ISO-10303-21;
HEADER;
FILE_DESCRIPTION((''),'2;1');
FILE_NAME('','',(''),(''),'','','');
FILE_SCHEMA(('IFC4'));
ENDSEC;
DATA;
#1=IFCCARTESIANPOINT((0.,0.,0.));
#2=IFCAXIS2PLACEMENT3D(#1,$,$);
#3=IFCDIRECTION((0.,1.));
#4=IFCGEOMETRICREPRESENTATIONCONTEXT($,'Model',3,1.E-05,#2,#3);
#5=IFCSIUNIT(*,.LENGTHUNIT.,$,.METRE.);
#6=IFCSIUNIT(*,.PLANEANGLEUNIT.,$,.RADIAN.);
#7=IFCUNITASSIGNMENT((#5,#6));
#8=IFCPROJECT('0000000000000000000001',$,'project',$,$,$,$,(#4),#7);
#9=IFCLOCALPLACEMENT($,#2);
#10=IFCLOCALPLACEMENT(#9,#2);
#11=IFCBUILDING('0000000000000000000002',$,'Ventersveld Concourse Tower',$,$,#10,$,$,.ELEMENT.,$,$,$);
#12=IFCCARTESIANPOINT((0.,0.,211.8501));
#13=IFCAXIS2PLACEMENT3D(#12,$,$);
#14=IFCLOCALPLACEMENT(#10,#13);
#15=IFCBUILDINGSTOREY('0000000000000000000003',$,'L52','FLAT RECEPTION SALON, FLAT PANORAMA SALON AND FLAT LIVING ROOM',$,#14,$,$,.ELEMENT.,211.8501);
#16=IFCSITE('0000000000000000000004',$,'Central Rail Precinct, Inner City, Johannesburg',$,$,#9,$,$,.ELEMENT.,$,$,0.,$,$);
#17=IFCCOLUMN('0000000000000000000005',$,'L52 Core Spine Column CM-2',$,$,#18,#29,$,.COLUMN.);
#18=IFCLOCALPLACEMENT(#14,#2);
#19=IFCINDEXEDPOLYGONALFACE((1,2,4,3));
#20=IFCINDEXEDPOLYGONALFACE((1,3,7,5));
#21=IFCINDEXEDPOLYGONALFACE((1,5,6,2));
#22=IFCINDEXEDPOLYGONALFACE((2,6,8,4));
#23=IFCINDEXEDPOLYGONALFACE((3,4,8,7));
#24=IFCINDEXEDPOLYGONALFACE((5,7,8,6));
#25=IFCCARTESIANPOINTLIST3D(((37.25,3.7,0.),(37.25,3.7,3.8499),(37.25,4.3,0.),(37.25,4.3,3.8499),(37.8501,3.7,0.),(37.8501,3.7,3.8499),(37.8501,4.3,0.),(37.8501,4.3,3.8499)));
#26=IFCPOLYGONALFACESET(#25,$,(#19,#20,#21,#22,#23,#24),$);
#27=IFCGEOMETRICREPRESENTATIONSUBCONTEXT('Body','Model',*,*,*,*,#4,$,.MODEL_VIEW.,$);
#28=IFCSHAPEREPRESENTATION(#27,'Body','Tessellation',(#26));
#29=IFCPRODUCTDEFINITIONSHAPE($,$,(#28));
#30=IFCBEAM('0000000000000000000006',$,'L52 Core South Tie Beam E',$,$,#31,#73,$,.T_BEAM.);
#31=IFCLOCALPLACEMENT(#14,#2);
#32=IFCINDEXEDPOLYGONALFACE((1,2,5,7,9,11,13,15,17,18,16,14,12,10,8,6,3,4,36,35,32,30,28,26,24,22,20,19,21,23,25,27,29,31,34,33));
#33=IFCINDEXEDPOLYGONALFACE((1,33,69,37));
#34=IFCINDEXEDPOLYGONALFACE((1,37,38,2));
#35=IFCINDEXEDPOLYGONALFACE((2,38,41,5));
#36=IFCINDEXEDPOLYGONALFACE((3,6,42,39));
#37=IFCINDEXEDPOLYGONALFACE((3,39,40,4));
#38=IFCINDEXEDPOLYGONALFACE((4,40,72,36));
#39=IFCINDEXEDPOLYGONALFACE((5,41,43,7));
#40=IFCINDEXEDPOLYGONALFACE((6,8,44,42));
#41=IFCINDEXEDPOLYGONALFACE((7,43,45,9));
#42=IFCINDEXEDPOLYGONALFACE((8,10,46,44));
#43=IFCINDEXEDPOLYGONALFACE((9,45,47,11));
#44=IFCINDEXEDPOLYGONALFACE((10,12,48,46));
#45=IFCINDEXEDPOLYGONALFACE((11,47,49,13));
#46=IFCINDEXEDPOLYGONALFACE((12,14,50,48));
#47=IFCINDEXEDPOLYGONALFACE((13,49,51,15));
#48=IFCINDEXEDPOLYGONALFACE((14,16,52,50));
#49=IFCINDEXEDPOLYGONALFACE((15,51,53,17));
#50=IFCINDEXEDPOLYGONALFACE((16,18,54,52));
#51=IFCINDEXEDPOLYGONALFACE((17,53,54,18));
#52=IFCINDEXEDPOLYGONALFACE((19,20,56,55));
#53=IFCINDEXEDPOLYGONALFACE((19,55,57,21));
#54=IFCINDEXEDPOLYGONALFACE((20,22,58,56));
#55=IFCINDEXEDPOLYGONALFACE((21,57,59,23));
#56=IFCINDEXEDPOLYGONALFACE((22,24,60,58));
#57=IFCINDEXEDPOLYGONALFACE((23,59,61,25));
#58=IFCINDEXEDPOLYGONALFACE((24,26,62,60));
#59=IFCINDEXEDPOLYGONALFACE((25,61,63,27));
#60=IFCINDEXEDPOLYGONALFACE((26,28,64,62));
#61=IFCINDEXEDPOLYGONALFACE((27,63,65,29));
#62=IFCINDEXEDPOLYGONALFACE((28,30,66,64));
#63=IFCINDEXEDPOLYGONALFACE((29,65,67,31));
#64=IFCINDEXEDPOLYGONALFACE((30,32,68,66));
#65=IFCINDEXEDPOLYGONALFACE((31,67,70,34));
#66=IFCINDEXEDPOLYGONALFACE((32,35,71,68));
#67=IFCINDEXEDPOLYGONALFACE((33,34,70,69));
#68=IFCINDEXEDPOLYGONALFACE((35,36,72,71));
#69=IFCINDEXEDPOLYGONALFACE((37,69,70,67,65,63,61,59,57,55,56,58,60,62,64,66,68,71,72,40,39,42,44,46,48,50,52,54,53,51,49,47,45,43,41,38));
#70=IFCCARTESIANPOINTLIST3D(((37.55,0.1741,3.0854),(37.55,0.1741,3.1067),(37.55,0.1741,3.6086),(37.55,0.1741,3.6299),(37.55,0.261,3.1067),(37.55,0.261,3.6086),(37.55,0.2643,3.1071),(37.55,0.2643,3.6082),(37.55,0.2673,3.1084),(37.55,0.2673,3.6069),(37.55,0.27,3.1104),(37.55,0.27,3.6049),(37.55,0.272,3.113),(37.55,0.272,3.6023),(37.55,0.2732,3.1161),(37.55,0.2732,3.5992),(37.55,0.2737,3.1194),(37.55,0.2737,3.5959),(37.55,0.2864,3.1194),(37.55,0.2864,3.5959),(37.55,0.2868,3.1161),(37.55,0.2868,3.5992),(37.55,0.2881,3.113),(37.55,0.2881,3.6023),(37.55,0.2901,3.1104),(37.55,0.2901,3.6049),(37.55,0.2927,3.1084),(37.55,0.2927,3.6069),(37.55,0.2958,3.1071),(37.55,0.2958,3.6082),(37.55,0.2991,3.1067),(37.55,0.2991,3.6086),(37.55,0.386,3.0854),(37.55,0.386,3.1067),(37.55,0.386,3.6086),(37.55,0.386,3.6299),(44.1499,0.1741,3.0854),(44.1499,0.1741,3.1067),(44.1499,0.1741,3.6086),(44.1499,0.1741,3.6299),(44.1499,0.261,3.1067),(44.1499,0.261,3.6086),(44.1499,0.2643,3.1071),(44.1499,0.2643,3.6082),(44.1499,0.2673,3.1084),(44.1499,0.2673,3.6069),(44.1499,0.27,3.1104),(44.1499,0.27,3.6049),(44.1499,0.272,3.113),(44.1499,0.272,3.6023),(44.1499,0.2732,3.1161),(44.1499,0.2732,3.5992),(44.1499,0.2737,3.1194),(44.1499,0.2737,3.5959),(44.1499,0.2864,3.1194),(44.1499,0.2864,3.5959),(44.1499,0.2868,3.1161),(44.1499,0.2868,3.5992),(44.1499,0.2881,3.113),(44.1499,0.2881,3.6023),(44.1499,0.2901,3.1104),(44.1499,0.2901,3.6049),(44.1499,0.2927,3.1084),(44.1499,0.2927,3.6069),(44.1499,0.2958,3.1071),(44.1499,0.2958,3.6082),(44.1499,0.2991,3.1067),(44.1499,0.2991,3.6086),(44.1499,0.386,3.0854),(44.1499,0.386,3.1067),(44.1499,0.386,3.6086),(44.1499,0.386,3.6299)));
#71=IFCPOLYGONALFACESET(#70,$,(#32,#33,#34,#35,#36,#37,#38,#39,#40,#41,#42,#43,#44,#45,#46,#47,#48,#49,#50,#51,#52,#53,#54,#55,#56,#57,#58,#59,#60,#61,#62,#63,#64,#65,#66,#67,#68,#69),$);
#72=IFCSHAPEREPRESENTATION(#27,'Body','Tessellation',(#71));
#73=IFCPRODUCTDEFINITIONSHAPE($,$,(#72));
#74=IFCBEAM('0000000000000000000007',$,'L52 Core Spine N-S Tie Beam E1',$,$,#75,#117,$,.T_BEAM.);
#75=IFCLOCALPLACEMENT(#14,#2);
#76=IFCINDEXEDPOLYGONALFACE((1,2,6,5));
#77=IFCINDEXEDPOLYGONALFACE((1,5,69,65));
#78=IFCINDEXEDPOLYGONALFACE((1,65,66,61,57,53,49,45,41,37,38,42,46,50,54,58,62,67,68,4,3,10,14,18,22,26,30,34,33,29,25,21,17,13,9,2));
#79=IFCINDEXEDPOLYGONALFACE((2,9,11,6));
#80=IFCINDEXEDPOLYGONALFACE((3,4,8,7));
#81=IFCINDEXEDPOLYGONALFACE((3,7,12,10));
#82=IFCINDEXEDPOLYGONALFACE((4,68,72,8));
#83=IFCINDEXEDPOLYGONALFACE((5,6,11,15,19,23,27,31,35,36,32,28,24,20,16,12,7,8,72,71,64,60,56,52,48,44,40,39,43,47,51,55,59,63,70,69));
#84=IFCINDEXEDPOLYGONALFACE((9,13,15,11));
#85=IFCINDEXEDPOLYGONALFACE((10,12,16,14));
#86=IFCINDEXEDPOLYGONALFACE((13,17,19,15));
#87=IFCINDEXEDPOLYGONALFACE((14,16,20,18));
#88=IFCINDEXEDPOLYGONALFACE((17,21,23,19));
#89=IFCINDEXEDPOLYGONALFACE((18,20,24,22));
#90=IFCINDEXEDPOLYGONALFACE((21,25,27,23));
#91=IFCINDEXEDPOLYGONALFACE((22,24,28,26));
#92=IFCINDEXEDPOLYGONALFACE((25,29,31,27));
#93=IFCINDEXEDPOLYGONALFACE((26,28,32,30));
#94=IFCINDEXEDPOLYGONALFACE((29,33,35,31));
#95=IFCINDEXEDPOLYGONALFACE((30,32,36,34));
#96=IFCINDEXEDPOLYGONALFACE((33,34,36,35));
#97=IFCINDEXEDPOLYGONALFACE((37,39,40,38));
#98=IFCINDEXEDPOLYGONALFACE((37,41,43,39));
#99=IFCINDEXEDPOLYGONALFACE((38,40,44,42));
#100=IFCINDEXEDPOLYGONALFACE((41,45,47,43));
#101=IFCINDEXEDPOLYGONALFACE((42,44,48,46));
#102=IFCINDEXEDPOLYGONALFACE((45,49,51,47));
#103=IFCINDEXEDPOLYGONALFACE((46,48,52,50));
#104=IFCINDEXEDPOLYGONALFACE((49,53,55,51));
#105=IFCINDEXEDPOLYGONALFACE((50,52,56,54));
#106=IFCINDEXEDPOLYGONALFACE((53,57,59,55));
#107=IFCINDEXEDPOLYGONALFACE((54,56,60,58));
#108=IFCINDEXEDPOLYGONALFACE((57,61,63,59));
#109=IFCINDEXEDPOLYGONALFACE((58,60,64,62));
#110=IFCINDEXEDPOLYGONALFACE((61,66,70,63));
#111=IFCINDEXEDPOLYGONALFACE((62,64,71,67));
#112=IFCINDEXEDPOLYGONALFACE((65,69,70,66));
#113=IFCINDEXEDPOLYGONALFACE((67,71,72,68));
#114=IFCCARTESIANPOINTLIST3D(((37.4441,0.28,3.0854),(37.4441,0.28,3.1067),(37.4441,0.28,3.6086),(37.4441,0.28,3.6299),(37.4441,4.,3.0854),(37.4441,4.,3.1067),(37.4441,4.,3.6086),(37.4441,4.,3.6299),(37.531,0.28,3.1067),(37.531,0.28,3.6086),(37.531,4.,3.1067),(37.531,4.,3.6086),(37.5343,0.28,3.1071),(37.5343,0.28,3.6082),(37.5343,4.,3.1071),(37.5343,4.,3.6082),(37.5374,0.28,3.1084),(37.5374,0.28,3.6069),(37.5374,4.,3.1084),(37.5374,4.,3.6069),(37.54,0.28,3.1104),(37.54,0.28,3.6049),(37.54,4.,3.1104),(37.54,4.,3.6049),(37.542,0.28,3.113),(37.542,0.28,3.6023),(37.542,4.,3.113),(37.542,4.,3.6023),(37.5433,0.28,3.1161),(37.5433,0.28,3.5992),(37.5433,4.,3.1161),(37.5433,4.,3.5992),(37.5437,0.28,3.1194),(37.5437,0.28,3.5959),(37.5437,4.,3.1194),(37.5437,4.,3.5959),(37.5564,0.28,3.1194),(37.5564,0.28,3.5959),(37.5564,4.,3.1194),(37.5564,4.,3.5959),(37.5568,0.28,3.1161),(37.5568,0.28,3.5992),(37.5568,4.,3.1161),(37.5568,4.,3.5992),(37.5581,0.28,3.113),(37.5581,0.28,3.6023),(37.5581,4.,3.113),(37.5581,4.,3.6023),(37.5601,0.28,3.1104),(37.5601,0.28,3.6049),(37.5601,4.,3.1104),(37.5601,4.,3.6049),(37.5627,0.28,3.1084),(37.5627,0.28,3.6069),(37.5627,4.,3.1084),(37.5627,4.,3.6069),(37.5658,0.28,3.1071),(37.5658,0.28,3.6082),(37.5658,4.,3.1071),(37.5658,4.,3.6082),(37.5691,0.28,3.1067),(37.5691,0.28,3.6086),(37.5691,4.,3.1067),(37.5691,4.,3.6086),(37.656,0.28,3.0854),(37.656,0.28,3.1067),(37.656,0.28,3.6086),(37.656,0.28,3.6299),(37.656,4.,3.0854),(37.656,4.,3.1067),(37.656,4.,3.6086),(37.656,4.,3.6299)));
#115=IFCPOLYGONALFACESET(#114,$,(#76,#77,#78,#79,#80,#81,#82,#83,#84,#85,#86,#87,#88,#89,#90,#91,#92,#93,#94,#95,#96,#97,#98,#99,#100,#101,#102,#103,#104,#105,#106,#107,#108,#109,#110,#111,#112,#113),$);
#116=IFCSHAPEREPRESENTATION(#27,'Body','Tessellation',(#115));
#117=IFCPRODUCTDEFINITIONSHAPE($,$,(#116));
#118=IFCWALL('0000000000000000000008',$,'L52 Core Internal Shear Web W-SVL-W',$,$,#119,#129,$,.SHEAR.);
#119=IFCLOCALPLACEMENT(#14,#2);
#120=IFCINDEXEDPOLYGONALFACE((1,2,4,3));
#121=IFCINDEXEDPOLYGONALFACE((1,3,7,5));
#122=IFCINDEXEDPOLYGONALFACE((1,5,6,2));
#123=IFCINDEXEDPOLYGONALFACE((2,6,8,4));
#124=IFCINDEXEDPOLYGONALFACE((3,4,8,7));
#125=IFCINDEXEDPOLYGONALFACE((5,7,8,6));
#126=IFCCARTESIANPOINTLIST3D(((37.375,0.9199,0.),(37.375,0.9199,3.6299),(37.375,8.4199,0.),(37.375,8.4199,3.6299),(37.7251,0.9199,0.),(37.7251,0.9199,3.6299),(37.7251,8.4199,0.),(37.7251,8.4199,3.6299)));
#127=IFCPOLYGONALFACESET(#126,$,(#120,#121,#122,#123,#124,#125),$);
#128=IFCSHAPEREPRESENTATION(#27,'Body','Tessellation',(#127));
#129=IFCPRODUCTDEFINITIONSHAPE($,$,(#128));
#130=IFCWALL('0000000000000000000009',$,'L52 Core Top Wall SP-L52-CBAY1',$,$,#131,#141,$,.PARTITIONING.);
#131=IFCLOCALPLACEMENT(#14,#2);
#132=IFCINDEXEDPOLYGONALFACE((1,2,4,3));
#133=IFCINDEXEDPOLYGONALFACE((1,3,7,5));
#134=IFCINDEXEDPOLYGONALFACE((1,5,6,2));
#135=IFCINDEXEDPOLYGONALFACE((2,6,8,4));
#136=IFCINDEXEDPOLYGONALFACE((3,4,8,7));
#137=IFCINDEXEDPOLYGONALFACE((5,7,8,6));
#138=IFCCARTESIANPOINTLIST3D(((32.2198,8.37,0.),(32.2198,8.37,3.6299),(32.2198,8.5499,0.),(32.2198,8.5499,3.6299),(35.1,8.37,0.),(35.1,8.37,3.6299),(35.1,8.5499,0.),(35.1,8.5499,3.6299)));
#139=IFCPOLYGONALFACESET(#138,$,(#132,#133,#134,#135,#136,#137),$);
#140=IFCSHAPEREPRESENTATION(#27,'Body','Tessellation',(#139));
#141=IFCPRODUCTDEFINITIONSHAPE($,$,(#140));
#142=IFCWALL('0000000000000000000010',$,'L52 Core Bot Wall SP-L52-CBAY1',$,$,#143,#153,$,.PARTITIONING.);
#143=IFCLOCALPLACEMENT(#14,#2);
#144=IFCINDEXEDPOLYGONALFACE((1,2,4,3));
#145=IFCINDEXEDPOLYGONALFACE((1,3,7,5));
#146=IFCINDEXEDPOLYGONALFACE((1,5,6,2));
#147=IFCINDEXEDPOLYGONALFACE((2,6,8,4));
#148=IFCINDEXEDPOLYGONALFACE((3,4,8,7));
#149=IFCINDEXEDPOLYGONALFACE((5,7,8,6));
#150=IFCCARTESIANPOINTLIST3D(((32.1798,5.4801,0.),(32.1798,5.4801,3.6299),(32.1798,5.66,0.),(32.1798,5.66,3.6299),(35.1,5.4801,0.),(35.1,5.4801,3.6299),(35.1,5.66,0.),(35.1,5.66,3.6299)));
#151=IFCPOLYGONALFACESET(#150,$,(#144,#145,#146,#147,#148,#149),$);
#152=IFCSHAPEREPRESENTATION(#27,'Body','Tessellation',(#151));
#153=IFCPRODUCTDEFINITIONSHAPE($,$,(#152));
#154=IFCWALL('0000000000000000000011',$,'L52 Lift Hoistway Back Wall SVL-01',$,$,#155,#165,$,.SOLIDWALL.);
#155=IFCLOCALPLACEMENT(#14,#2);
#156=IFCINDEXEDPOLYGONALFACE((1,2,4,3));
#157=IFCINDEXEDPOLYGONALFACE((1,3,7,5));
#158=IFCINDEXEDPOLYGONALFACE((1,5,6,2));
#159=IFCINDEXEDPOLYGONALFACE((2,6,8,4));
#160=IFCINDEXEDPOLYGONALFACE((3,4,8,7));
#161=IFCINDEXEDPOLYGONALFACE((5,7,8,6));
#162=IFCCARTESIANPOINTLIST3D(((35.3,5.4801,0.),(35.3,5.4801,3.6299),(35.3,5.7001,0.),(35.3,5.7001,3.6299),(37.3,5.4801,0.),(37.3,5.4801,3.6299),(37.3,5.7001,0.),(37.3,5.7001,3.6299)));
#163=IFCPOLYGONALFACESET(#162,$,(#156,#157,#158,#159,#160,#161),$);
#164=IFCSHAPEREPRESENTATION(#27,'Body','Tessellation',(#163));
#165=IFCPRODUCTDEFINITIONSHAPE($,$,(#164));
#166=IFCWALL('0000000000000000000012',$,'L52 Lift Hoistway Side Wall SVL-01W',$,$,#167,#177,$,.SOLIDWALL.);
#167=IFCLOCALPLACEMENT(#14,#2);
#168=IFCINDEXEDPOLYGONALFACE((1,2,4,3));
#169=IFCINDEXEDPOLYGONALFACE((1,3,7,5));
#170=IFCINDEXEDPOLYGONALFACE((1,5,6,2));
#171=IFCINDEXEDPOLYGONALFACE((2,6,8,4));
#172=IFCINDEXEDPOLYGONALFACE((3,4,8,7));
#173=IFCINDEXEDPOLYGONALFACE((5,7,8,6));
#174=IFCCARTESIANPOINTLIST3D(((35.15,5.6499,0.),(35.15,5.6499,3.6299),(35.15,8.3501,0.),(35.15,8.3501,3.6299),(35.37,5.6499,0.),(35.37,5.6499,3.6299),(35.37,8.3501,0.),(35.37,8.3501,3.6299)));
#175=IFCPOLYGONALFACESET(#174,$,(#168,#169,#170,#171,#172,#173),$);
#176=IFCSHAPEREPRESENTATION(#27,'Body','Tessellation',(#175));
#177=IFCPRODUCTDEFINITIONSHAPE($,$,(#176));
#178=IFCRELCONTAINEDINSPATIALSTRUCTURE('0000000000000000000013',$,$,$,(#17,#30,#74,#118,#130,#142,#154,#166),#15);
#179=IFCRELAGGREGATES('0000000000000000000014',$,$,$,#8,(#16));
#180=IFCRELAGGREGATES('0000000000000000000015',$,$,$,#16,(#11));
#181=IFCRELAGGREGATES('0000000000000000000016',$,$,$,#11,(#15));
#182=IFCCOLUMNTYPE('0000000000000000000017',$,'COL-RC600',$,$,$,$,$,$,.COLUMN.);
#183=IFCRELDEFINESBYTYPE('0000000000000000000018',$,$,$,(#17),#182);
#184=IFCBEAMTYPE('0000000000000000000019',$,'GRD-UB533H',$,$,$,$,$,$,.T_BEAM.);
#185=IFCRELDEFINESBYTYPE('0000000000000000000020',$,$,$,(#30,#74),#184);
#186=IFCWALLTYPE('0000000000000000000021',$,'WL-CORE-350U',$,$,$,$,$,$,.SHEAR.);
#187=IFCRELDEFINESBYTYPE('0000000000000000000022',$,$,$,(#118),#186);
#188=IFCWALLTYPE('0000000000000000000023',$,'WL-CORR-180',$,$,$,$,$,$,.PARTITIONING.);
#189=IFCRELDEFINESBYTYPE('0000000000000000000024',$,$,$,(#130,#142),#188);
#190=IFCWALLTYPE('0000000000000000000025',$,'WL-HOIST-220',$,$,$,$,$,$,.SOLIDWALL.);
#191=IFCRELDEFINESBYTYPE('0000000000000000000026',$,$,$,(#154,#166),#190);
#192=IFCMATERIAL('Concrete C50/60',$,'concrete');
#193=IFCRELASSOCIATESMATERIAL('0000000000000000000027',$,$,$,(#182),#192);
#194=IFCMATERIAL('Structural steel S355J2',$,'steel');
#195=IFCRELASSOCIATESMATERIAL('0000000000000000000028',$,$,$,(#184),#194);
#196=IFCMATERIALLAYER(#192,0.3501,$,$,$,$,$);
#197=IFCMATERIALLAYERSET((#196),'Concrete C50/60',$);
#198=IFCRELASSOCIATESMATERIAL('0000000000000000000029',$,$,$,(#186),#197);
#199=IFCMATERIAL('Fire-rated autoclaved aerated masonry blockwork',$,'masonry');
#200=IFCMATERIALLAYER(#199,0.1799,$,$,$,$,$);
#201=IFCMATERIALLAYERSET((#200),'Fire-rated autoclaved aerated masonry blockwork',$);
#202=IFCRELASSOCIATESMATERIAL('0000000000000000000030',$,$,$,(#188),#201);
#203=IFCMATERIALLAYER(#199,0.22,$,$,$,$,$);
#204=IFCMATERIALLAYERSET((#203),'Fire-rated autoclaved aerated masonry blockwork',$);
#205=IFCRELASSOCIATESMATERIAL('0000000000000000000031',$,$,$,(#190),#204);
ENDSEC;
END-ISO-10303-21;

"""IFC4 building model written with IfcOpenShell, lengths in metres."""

from ifc_helpers import new_model, si_unit, direction, frame, frame_2d, origin, origin_2d, place, context, subcontext, project, spatial, rectangle, i_section, extrude, material, layer, layer_set, material_profile, profile_set, type_object, element, save


model = new_model("IFC4")

# Units and contexts
model_context = context("Model", 3, precision=1e-05, world=origin(), true_north=direction((0.0, 1.0)))
body_context = subcontext(model_context, "Body", "Model", "MODEL_VIEW")
ifc_project = project(units=[si_unit("LENGTHUNIT", "METRE"), si_unit("PLANEANGLEUNIT", "RADIAN")], contexts=[model_context])

# Site, building, storey
site_placement = place(None, origin())
site = spatial("IfcSite", under=ifc_project, at=site_placement, Name="Central Rail Precinct, Inner City, Johannesburg", CompositionType="ELEMENT", RefElevation=0.0)
building_placement = place(site_placement, origin())
building = spatial("IfcBuilding", under=site, at=building_placement, Name="Ventersveld Concourse Tower", CompositionType="ELEMENT")
storey_placement = place(building_placement, frame((0.0, 0.0, 211.8501)))
storey = spatial("IfcBuildingStorey", under=building, at=storey_placement, Name="L52", Description="FLAT RECEPTION SALON, FLAT PANORAMA SALON AND FLAT LIVING ROOM", CompositionType="ELEMENT", Elevation=211.8501)

# Column
ifc_material_1 = material(Name="Concrete C50/60", Category="concrete")
ifc_material_profile_1 = material_profile(ifc_material_1, rectangle(XDim=0.6001, YDim=0.6001, at=origin_2d()), Name="RC 600x600")
ifc_profile_set_1 = profile_set([ifc_material_profile_1], Name="Concrete C50/60")
column_type = type_object("IfcColumnType", Name="COL-RC600", PredefinedType="COLUMN", material=ifc_profile_set_1)
column_placement = place(storey_placement, frame((37.55, 4.0, 0.0), z_axis=(0.0, 0.0, 1.0), x_axis=(1.0, 0.0, 0.0)))
element("IfcColumn", 1, at=column_placement, inside=storey, type_object=column_type, Name="L52 Core Spine Column CM-2", PredefinedType="COLUMN", context=body_context, shape_type="SweptSolid", body=[
    extrude(rectangle(XDim=0.6001, YDim=0.6001, at=origin_2d()), origin(), (0.0, 0.0, 1.0), 3.8499),
])

# Beams
ifc_material_2 = material(Name="Structural steel S355J2", Category="steel")
ifc_material_profile_2 = material_profile(ifc_material_2, i_section(OverallWidth=0.2119, OverallDepth=0.5444, WebThickness=0.0127, FlangeThickness=0.0212, FilletRadius=0.0127, at=origin_2d()), Name="UB 533x210x122")
ifc_profile_set_2 = profile_set([ifc_material_profile_2], Name="Structural steel S355J2")
beam_type = type_object("IfcBeamType", Name="GRD-UB533H", PredefinedType="T_BEAM", material=ifc_profile_set_2)
beam_1_placement = place(storey_placement, frame((37.55, 0.28, 3.3577), z_axis=(1.0, 0.0, 0.0), x_axis=(0.0, 1.0, 0.0)))
element("IfcBeam", 2, at=beam_1_placement, inside=storey, type_object=beam_type, Name="L52 Core South Tie Beam E", PredefinedType="T_BEAM", context=body_context, shape_type="SweptSolid", body=[
    extrude(i_section(OverallWidth=0.2119, OverallDepth=0.5444, WebThickness=0.0127, FlangeThickness=0.0212, FilletRadius=0.0127, at=origin_2d()), origin(), (0.0, 0.0, 1.0), 6.5999),
])
beam_2_placement = place(storey_placement, frame((37.55, 0.28, 3.3577), z_axis=(0.0, 1.0, 0.0), x_axis=(-1.0, 0.0, 0.0)))
element("IfcBeam", 3, at=beam_2_placement, inside=storey, type_object=beam_type, Name="L52 Core Spine N-S Tie Beam E1", PredefinedType="T_BEAM", context=body_context, shape_type="SweptSolid", body=[
    extrude(i_section(OverallWidth=0.2119, OverallDepth=0.5444, WebThickness=0.0127, FlangeThickness=0.0212, FilletRadius=0.0127, at=origin_2d()), origin(), (0.0, 0.0, 1.0), 3.72),
])

# Walls
ifc_layer_1 = layer(ifc_material_1, 0.3501)
ifc_layer_set_1 = layer_set([ifc_layer_1], Name="Concrete C50/60")
wall_type_1 = type_object("IfcWallType", Name="WL-CORE-350U", PredefinedType="SHEAR", material=ifc_layer_set_1)
wall_1_placement = place(storey_placement, frame((37.55, 0.9199, 0.0), z_axis=(0.0, 0.0, 1.0), x_axis=(0.0, 1.0, 0.0)))
element("IfcWall", 4, at=wall_1_placement, inside=storey, type_object=wall_type_1, Name="L52 Core Internal Shear Web W-SVL-W", PredefinedType="SHEAR", context=body_context, shape_type="SweptSolid", body=[
    extrude(rectangle(XDim=7.5, YDim=0.3501, at=frame_2d((3.75, 0.0))), origin(), (0.0, 0.0, 1.0), 3.6299),
])
ifc_material_3 = material(Name="Fire-rated autoclaved aerated masonry blockwork", Category="masonry")
ifc_layer_2 = layer(ifc_material_3, 0.1799)
ifc_layer_set_2 = layer_set([ifc_layer_2], Name="Fire-rated autoclaved aerated masonry blockwork")
wall_type_2 = type_object("IfcWallType", Name="WL-CORR-180", PredefinedType="PARTITIONING", material=ifc_layer_set_2)
wall_2_placement = place(storey_placement, frame((32.22, 8.46, 0.0), z_axis=(0.0, 0.0, 1.0), x_axis=(1.0, 0.0, 0.0)))
element("IfcWall", 5, at=wall_2_placement, inside=storey, type_object=wall_type_2, Name="L52 Core Top Wall SP-L52-CBAY1", PredefinedType="PARTITIONING", context=body_context, shape_type="SweptSolid", body=[
    extrude(rectangle(XDim=2.8801, YDim=0.1799, at=frame_2d((1.4399, 0.0))), origin(), (0.0, 0.0, 1.0), 3.6299),
])
wall_3_placement = place(storey_placement, frame((32.1799, 5.5701, 0.0), z_axis=(0.0, 0.0, 1.0), x_axis=(1.0, 0.0, 0.0)))
element("IfcWall", 6, at=wall_3_placement, inside=storey, type_object=wall_type_2, Name="L52 Core Bot Wall SP-L52-CBAY1", PredefinedType="PARTITIONING", context=body_context, shape_type="SweptSolid", body=[
    extrude(rectangle(XDim=2.9202, YDim=0.1799, at=frame_2d((1.46, 0.0))), origin(), (0.0, 0.0, 1.0), 3.6299),
])
ifc_layer_3 = layer(ifc_material_3, 0.22)
ifc_layer_set_3 = layer_set([ifc_layer_3], Name="Fire-rated autoclaved aerated masonry blockwork")
wall_type_3 = type_object("IfcWallType", Name="WL-HOIST-220", PredefinedType="SOLIDWALL", material=ifc_layer_set_3)
wall_4_placement = place(storey_placement, frame((35.3, 5.5901, 0.0), z_axis=(0.0, 0.0, 1.0), x_axis=(1.0, 0.0, 0.0)))
element("IfcWall", 7, at=wall_4_placement, inside=storey, type_object=wall_type_3, Name="L52 Lift Hoistway Back Wall SVL-01", PredefinedType="SOLIDWALL", context=body_context, shape_type="SweptSolid", body=[
    extrude(rectangle(XDim=2.0, YDim=0.22, at=frame_2d((1.0, 0.0))), origin(), (0.0, 0.0, 1.0), 3.6299),
])
wall_5_placement = place(storey_placement, frame((35.26, 5.6499, 0.0), z_axis=(0.0, 0.0, 1.0), x_axis=(0.0, 1.0, 0.0)))
element("IfcWall", 8, at=wall_5_placement, inside=storey, type_object=wall_type_3, Name="L52 Lift Hoistway Side Wall SVL-01W", PredefinedType="SOLIDWALL", context=body_context, shape_type="SweptSolid", body=[
    extrude(rectangle(XDim=2.7002, YDim=0.22, at=frame_2d((1.3501, 0.0))), origin(), (0.0, 0.0, 1.0), 3.6299),
])

save(model, "model.ifc")
